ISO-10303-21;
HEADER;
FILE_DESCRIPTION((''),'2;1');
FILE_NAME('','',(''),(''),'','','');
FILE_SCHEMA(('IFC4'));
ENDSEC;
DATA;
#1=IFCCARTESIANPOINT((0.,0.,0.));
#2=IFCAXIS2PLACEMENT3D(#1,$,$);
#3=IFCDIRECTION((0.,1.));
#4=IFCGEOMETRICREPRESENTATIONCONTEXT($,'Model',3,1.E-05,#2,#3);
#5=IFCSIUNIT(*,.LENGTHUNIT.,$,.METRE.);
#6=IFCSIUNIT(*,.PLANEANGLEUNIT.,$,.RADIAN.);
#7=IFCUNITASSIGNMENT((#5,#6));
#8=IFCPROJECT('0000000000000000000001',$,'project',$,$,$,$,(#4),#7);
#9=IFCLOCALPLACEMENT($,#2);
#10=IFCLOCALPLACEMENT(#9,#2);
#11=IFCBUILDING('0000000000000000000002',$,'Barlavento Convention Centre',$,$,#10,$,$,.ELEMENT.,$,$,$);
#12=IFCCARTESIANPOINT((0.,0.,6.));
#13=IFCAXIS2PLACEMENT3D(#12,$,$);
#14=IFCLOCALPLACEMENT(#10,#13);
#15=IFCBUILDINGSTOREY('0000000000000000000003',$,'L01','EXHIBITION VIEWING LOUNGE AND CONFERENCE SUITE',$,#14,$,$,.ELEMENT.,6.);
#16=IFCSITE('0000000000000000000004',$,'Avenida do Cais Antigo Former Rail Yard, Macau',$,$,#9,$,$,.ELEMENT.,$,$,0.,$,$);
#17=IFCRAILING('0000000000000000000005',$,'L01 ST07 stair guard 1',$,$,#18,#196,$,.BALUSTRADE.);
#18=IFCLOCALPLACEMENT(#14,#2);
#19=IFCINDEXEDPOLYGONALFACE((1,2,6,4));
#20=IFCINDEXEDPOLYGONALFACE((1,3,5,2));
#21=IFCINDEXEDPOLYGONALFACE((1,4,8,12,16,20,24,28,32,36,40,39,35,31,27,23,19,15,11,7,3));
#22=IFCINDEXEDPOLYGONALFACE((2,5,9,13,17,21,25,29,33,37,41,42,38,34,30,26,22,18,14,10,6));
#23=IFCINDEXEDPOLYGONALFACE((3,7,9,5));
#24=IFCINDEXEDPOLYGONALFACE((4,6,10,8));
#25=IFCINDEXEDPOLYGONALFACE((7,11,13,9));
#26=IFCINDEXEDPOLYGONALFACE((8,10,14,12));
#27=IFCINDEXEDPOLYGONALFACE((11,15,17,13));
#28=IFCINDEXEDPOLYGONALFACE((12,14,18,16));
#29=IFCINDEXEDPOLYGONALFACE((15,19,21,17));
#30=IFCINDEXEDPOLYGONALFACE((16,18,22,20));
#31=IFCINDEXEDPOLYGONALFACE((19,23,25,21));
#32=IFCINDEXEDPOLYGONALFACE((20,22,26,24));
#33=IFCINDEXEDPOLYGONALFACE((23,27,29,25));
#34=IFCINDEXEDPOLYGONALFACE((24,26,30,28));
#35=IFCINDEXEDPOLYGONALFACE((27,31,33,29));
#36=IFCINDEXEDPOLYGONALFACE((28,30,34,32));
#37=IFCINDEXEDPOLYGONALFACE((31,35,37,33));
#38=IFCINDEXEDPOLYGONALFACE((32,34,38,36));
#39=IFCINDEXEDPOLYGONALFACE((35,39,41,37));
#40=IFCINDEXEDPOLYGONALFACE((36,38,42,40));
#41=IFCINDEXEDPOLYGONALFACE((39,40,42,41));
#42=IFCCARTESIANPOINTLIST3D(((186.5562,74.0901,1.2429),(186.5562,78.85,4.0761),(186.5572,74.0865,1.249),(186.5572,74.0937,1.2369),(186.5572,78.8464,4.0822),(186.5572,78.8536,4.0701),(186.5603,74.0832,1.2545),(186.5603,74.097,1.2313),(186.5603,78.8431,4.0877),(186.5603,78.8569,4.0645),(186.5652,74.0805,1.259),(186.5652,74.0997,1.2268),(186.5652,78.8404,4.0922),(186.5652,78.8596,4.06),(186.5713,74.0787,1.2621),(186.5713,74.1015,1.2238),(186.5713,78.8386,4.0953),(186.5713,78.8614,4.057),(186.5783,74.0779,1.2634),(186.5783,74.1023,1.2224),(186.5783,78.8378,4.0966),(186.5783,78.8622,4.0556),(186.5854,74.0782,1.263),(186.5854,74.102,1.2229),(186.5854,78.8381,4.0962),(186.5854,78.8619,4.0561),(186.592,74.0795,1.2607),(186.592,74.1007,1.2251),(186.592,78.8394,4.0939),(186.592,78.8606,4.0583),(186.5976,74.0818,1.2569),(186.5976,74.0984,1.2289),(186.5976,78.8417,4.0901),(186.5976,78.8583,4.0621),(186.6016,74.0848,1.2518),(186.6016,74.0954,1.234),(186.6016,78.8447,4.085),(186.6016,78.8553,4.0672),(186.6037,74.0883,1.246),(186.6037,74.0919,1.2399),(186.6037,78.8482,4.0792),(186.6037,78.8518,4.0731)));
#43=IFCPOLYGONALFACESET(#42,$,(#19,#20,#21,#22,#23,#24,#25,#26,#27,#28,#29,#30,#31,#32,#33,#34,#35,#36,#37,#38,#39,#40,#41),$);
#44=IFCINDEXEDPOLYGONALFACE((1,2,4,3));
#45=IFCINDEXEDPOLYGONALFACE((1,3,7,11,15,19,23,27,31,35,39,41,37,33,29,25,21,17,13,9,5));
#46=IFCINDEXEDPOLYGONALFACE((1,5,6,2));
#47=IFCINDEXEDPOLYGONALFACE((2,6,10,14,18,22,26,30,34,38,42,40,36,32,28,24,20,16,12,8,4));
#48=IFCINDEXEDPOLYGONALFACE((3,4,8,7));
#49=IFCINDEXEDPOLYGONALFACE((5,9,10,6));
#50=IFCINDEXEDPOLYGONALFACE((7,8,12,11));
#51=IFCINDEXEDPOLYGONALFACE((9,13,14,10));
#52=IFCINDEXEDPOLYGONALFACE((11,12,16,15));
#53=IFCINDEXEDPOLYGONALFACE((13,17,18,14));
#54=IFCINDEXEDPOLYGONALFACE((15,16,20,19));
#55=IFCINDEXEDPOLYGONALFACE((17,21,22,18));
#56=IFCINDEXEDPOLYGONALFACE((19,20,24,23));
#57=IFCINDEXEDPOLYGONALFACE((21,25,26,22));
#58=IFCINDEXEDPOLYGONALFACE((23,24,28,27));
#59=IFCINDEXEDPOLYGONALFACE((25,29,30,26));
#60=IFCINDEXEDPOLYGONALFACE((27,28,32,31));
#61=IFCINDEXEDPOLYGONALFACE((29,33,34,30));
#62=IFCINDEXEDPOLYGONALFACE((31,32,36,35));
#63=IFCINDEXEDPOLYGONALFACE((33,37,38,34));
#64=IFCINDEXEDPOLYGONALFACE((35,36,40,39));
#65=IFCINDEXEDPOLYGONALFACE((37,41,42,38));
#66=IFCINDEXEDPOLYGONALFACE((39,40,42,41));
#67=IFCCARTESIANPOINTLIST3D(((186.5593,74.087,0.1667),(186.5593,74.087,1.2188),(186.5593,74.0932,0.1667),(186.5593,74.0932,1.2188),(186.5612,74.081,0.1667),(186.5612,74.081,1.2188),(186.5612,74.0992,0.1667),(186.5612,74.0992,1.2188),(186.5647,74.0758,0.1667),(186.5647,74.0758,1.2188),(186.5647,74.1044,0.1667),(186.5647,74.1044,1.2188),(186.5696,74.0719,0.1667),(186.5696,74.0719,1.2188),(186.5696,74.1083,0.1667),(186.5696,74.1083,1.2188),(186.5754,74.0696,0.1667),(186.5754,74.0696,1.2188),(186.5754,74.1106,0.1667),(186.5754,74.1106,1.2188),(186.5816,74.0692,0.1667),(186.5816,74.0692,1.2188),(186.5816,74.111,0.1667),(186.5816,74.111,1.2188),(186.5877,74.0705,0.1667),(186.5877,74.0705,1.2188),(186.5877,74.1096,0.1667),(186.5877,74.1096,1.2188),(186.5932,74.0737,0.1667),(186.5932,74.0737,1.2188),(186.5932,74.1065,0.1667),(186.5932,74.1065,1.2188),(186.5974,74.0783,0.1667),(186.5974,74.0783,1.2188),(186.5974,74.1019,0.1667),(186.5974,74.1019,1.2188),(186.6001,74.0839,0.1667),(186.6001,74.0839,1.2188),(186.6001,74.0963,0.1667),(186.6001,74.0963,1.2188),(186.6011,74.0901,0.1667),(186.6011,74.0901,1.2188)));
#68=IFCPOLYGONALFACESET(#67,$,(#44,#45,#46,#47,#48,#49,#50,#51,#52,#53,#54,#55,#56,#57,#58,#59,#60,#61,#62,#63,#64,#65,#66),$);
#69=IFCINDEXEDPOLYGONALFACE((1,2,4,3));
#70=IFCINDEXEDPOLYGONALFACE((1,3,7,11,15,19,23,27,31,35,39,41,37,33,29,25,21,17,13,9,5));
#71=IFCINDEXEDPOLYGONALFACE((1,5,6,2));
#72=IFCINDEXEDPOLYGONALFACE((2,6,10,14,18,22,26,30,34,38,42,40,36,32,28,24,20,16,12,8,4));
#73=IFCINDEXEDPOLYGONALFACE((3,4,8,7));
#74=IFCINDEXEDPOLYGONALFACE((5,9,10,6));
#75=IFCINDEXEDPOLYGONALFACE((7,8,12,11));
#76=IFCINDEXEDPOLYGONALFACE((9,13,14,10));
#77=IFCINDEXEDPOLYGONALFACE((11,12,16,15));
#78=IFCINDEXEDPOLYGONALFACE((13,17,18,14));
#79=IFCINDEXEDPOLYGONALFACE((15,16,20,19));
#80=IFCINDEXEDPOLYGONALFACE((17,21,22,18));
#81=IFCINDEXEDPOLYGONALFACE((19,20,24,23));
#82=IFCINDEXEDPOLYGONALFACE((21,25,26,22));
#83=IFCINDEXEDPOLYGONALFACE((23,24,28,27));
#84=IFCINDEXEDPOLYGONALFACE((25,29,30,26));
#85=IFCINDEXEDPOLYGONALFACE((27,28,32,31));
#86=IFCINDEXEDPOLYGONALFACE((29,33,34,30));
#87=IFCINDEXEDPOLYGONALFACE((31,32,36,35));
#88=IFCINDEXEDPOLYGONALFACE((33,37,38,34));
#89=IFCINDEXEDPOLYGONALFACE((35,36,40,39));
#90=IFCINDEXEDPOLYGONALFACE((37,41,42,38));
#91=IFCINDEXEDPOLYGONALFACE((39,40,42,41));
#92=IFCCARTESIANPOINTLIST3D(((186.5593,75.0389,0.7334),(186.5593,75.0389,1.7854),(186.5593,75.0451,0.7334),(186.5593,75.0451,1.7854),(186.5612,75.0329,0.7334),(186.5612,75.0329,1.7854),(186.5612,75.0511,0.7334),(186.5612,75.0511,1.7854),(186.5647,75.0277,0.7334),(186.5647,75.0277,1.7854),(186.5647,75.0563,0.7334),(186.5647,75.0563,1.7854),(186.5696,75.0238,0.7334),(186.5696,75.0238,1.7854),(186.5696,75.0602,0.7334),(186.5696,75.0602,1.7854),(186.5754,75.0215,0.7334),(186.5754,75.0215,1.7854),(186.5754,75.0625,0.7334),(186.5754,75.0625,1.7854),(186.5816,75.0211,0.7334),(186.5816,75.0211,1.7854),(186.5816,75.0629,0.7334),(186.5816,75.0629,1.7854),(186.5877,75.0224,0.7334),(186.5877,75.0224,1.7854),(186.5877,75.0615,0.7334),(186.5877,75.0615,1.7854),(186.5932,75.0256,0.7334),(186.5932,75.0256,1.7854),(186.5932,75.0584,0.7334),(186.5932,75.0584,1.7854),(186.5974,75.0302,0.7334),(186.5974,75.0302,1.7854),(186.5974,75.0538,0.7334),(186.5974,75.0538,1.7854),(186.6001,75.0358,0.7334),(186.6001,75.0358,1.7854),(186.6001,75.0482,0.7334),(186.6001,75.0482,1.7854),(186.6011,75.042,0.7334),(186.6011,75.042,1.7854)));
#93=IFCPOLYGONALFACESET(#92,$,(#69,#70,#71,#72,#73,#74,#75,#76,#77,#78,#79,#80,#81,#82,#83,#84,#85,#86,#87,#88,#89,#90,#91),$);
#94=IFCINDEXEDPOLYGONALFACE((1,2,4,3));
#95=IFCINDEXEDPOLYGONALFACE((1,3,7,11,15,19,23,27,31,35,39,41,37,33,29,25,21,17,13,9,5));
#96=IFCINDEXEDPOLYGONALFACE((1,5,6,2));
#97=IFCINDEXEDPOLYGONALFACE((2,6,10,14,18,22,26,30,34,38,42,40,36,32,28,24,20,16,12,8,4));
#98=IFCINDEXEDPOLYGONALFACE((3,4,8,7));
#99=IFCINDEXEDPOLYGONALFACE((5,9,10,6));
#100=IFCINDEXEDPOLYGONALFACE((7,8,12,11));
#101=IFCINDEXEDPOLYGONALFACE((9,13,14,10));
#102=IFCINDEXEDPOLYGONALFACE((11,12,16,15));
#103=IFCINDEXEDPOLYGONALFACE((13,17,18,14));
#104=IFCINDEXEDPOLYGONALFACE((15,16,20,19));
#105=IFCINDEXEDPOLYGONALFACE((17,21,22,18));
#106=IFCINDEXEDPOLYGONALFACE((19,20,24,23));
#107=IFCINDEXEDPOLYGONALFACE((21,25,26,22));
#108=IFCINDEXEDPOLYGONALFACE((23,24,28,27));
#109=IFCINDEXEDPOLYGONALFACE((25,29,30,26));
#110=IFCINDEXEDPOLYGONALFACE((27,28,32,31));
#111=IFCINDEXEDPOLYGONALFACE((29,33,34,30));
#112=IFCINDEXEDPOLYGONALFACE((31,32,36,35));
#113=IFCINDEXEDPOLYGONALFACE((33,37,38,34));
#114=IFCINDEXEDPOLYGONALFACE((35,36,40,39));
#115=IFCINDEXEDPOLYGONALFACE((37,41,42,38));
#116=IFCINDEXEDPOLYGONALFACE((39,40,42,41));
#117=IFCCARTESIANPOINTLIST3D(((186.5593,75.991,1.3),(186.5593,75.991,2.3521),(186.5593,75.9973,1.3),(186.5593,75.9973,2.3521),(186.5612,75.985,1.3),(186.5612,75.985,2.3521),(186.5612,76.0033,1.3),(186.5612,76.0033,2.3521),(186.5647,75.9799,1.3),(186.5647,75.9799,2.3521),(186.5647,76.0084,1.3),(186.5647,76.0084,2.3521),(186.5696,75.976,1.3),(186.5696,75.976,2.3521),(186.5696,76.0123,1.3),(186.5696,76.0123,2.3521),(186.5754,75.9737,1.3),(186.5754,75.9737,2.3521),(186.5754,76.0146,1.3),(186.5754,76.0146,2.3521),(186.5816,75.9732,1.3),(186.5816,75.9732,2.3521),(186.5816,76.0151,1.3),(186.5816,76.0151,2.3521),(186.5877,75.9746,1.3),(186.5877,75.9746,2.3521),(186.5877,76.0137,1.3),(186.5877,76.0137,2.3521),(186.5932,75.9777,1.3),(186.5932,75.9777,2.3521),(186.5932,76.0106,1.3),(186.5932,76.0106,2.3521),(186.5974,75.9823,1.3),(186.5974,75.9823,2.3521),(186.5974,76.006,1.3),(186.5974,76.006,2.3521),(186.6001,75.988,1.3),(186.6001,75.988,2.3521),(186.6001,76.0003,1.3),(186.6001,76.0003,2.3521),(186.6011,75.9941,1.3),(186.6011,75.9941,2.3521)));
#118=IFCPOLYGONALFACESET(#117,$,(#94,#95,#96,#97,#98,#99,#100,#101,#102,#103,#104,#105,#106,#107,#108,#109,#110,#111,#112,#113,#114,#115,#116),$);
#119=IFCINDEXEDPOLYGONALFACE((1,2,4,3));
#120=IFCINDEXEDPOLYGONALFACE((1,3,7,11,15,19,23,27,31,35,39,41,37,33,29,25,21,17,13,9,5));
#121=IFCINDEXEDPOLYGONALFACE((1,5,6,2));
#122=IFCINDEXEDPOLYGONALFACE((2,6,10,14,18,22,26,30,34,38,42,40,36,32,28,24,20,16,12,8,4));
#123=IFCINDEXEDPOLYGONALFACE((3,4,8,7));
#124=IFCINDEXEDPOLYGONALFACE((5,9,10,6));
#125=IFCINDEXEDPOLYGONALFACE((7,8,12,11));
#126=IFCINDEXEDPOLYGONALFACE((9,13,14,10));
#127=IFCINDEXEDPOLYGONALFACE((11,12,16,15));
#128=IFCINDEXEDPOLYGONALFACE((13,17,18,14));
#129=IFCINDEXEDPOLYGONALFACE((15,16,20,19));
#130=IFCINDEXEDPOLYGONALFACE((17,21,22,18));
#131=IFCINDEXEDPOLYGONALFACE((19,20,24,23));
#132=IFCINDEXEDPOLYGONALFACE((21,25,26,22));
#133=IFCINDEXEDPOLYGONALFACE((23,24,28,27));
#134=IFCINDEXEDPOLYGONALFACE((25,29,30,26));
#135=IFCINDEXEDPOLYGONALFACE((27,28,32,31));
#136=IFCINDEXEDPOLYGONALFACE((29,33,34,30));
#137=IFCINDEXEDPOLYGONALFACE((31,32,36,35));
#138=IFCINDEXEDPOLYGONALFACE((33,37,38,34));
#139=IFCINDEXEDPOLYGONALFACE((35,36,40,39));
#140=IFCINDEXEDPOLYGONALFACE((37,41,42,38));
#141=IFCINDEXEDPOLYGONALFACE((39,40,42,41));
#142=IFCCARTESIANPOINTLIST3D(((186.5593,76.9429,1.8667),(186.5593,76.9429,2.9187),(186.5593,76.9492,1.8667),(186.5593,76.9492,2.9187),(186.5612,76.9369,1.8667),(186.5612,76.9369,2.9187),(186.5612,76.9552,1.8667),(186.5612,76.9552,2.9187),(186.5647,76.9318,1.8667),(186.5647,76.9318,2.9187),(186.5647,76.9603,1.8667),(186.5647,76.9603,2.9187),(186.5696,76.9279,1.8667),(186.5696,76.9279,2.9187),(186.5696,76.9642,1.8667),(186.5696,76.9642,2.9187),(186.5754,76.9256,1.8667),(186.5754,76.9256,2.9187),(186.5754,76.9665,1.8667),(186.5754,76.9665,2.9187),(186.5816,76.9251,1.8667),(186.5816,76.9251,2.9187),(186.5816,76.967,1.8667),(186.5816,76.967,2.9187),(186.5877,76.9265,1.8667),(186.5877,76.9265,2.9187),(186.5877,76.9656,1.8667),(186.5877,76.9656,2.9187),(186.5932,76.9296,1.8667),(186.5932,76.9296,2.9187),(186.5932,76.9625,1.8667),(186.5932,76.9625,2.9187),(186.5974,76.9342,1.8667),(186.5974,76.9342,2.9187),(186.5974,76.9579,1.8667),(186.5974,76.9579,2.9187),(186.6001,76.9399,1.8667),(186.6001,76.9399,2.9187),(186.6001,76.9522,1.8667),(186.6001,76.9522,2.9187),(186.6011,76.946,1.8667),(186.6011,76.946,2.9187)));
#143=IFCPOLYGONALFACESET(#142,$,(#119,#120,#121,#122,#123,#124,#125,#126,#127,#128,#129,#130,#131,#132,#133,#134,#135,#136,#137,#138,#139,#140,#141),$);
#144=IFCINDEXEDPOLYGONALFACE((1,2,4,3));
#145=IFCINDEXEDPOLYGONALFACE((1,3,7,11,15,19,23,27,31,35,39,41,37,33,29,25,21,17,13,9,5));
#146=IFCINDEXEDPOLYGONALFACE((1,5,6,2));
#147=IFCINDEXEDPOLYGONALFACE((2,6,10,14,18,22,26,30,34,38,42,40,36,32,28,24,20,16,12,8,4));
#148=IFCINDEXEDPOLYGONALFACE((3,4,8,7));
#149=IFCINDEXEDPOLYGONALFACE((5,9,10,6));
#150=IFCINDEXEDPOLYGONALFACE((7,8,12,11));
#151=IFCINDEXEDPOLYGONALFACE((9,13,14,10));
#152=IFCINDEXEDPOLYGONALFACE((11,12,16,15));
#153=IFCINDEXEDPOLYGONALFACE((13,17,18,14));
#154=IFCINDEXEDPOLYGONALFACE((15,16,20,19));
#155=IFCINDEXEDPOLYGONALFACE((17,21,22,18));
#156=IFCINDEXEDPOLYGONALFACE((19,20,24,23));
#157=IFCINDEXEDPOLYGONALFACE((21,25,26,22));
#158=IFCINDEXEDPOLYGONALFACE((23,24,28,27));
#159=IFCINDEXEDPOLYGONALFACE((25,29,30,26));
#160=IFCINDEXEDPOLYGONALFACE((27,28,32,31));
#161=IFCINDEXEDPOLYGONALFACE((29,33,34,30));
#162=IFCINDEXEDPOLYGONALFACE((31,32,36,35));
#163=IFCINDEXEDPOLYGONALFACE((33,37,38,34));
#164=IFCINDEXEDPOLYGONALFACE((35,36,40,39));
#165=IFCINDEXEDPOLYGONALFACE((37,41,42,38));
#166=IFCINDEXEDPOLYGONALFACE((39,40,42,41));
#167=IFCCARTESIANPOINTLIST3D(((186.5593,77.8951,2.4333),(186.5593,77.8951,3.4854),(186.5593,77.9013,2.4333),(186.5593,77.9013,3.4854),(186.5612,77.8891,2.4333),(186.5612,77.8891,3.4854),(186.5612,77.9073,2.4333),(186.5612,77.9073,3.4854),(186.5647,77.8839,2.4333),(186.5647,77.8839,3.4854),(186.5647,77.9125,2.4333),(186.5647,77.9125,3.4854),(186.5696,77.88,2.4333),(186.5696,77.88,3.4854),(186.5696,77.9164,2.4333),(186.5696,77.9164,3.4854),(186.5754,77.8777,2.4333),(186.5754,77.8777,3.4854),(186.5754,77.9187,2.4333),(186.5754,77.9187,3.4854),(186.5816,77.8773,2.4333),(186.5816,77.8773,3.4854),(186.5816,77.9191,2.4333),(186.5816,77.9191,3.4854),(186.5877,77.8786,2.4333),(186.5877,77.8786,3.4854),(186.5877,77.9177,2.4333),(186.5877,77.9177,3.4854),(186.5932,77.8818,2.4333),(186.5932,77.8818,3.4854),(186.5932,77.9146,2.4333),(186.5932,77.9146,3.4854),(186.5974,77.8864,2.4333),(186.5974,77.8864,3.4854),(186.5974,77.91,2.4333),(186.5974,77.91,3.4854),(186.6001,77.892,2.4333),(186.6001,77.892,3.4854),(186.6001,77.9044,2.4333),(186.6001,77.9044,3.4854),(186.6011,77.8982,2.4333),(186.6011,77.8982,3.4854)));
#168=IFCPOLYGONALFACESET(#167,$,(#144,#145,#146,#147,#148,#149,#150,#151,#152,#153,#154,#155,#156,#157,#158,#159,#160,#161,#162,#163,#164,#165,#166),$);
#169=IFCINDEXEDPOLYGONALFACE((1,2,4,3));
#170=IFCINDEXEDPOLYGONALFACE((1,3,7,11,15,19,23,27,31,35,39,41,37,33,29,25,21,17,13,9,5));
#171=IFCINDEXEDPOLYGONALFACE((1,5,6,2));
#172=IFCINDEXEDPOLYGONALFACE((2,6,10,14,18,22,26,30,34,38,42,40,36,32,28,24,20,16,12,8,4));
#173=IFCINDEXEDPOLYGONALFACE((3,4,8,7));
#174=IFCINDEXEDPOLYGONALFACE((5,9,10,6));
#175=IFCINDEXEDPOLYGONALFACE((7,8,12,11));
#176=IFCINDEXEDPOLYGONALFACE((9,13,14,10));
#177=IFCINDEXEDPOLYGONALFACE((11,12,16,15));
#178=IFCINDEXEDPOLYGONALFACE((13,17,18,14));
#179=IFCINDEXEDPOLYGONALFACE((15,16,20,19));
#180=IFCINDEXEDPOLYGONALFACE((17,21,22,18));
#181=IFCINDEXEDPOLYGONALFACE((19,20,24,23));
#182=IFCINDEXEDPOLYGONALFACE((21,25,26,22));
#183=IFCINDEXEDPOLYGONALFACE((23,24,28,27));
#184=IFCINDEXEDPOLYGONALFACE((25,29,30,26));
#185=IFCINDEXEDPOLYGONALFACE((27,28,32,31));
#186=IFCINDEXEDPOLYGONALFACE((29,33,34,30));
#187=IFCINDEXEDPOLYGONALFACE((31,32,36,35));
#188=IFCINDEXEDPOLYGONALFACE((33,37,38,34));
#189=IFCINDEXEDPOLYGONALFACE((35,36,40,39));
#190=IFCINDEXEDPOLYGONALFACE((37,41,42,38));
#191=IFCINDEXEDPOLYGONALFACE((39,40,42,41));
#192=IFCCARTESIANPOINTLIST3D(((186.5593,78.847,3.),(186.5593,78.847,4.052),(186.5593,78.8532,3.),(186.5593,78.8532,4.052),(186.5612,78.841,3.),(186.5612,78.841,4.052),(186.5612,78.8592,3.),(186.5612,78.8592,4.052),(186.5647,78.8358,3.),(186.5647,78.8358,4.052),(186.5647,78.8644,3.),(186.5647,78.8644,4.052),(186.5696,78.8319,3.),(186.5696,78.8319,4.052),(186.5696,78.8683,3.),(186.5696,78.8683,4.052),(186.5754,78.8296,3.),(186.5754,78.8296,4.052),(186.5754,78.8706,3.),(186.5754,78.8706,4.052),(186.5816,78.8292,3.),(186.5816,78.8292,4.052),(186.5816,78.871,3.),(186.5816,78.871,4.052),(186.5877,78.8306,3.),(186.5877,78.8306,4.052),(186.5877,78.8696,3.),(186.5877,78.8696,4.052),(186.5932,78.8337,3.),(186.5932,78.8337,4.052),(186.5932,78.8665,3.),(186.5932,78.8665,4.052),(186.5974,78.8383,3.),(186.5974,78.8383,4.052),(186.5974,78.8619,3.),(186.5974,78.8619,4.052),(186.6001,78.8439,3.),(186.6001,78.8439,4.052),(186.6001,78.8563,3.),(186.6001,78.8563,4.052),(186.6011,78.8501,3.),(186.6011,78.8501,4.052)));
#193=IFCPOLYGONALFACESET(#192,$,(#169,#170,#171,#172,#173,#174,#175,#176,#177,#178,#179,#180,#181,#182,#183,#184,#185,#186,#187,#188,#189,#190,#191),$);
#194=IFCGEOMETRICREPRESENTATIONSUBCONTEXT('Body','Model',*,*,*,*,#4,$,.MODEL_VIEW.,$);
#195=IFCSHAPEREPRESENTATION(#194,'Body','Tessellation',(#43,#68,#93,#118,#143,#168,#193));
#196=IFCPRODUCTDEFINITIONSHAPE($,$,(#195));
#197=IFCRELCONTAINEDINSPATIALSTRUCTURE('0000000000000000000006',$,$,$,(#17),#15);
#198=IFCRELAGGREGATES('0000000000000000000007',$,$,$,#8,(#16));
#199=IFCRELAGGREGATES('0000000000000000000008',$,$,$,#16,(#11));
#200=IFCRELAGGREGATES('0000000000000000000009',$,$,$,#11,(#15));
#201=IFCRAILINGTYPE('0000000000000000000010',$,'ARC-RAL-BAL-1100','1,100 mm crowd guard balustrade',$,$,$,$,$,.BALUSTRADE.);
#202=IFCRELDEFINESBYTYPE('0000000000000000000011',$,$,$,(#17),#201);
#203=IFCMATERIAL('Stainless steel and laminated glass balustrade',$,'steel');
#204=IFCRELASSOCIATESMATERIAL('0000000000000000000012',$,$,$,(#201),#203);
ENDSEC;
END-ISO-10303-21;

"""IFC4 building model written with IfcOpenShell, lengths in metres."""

from ifc_helpers import new_model, si_unit, direction, frame, origin, origin_2d, place, context, subcontext, project, spatial, circle, extrude, material, type_object, element, save


model = new_model("IFC4")

# Units and contexts
model_context = context("Model", 3, precision=1e-05, world=origin(), true_north=direction((0.0, 1.0)))
body_context = subcontext(model_context, "Body", "Model", "MODEL_VIEW")
ifc_project = project(units=[si_unit("LENGTHUNIT", "METRE"), si_unit("PLANEANGLEUNIT", "RADIAN")], contexts=[model_context])

# Site, building, storey
site_placement = place(None, origin())
site = spatial("IfcSite", under=ifc_project, at=site_placement, Name="Avenida do Cais Antigo Former Rail Yard, Macau", CompositionType="ELEMENT", RefElevation=0.0)
building_placement = place(site_placement, origin())
building = spatial("IfcBuilding", under=site, at=building_placement, Name="Barlavento Convention Centre", CompositionType="ELEMENT")
storey_placement = place(building_placement, frame((0.0, 0.0, 6.0)))
storey = spatial("IfcBuildingStorey", under=building, at=storey_placement, Name="L01", Description="EXHIBITION VIEWING LOUNGE AND CONFERENCE SUITE", CompositionType="ELEMENT", Elevation=6.0)

# Railing
ifc_material_1 = material(Name="Stainless steel and laminated glass balustrade", Category="steel")
railing_type_1 = type_object("IfcRailingType", Name="ARC-RAL-BAL-1100", Description="1,100 mm crowd guard balustrade", PredefinedType="BALUSTRADE", material=ifc_material_1)
railing_1_placement = place(storey_placement, frame((186.5801, 74.0901, 0.1667)))
element("IfcRailing", 1, at=railing_1_placement, inside=storey, type_object=railing_type_1, Name="L01 ST07 stair guard 1", PredefinedType="BALUSTRADE", context=body_context, shape_type="SweptSolid", body=[
    extrude(circle(Radius=0.0239, at=origin_2d()), frame((0.0, 0.0, 1.0762), z_axis=(0.0, 0.8593, 0.511472), x_axis=(-1.0, 0.0, 0.0)), (0.0, 0.0, 1.0), 5.5393),
    extrude(circle(Radius=0.021, at=origin_2d()), origin(), (0.0, 0.0, 1.0), 1.052),
    extrude(circle(Radius=0.021, at=origin_2d()), frame((0.0, 0.9519, 0.5667)), (0.0, 0.0, 1.0), 1.052),
    extrude(circle(Radius=0.021, at=origin_2d()), frame((0.0, 1.9041, 1.1333)), (0.0, 0.0, 1.0), 1.052),
    extrude(circle(Radius=0.021, at=origin_2d()), frame((0.0, 2.856, 1.7)), (0.0, 0.0, 1.0), 1.052),
    extrude(circle(Radius=0.021, at=origin_2d()), frame((0.0, 3.8081, 2.2666)), (0.0, 0.0, 1.0), 1.052),
    extrude(circle(Radius=0.021, at=origin_2d()), frame((0.0, 4.76, 2.8333)), (0.0, 0.0, 1.0), 1.052),
])

save(model, "model.ifc")
